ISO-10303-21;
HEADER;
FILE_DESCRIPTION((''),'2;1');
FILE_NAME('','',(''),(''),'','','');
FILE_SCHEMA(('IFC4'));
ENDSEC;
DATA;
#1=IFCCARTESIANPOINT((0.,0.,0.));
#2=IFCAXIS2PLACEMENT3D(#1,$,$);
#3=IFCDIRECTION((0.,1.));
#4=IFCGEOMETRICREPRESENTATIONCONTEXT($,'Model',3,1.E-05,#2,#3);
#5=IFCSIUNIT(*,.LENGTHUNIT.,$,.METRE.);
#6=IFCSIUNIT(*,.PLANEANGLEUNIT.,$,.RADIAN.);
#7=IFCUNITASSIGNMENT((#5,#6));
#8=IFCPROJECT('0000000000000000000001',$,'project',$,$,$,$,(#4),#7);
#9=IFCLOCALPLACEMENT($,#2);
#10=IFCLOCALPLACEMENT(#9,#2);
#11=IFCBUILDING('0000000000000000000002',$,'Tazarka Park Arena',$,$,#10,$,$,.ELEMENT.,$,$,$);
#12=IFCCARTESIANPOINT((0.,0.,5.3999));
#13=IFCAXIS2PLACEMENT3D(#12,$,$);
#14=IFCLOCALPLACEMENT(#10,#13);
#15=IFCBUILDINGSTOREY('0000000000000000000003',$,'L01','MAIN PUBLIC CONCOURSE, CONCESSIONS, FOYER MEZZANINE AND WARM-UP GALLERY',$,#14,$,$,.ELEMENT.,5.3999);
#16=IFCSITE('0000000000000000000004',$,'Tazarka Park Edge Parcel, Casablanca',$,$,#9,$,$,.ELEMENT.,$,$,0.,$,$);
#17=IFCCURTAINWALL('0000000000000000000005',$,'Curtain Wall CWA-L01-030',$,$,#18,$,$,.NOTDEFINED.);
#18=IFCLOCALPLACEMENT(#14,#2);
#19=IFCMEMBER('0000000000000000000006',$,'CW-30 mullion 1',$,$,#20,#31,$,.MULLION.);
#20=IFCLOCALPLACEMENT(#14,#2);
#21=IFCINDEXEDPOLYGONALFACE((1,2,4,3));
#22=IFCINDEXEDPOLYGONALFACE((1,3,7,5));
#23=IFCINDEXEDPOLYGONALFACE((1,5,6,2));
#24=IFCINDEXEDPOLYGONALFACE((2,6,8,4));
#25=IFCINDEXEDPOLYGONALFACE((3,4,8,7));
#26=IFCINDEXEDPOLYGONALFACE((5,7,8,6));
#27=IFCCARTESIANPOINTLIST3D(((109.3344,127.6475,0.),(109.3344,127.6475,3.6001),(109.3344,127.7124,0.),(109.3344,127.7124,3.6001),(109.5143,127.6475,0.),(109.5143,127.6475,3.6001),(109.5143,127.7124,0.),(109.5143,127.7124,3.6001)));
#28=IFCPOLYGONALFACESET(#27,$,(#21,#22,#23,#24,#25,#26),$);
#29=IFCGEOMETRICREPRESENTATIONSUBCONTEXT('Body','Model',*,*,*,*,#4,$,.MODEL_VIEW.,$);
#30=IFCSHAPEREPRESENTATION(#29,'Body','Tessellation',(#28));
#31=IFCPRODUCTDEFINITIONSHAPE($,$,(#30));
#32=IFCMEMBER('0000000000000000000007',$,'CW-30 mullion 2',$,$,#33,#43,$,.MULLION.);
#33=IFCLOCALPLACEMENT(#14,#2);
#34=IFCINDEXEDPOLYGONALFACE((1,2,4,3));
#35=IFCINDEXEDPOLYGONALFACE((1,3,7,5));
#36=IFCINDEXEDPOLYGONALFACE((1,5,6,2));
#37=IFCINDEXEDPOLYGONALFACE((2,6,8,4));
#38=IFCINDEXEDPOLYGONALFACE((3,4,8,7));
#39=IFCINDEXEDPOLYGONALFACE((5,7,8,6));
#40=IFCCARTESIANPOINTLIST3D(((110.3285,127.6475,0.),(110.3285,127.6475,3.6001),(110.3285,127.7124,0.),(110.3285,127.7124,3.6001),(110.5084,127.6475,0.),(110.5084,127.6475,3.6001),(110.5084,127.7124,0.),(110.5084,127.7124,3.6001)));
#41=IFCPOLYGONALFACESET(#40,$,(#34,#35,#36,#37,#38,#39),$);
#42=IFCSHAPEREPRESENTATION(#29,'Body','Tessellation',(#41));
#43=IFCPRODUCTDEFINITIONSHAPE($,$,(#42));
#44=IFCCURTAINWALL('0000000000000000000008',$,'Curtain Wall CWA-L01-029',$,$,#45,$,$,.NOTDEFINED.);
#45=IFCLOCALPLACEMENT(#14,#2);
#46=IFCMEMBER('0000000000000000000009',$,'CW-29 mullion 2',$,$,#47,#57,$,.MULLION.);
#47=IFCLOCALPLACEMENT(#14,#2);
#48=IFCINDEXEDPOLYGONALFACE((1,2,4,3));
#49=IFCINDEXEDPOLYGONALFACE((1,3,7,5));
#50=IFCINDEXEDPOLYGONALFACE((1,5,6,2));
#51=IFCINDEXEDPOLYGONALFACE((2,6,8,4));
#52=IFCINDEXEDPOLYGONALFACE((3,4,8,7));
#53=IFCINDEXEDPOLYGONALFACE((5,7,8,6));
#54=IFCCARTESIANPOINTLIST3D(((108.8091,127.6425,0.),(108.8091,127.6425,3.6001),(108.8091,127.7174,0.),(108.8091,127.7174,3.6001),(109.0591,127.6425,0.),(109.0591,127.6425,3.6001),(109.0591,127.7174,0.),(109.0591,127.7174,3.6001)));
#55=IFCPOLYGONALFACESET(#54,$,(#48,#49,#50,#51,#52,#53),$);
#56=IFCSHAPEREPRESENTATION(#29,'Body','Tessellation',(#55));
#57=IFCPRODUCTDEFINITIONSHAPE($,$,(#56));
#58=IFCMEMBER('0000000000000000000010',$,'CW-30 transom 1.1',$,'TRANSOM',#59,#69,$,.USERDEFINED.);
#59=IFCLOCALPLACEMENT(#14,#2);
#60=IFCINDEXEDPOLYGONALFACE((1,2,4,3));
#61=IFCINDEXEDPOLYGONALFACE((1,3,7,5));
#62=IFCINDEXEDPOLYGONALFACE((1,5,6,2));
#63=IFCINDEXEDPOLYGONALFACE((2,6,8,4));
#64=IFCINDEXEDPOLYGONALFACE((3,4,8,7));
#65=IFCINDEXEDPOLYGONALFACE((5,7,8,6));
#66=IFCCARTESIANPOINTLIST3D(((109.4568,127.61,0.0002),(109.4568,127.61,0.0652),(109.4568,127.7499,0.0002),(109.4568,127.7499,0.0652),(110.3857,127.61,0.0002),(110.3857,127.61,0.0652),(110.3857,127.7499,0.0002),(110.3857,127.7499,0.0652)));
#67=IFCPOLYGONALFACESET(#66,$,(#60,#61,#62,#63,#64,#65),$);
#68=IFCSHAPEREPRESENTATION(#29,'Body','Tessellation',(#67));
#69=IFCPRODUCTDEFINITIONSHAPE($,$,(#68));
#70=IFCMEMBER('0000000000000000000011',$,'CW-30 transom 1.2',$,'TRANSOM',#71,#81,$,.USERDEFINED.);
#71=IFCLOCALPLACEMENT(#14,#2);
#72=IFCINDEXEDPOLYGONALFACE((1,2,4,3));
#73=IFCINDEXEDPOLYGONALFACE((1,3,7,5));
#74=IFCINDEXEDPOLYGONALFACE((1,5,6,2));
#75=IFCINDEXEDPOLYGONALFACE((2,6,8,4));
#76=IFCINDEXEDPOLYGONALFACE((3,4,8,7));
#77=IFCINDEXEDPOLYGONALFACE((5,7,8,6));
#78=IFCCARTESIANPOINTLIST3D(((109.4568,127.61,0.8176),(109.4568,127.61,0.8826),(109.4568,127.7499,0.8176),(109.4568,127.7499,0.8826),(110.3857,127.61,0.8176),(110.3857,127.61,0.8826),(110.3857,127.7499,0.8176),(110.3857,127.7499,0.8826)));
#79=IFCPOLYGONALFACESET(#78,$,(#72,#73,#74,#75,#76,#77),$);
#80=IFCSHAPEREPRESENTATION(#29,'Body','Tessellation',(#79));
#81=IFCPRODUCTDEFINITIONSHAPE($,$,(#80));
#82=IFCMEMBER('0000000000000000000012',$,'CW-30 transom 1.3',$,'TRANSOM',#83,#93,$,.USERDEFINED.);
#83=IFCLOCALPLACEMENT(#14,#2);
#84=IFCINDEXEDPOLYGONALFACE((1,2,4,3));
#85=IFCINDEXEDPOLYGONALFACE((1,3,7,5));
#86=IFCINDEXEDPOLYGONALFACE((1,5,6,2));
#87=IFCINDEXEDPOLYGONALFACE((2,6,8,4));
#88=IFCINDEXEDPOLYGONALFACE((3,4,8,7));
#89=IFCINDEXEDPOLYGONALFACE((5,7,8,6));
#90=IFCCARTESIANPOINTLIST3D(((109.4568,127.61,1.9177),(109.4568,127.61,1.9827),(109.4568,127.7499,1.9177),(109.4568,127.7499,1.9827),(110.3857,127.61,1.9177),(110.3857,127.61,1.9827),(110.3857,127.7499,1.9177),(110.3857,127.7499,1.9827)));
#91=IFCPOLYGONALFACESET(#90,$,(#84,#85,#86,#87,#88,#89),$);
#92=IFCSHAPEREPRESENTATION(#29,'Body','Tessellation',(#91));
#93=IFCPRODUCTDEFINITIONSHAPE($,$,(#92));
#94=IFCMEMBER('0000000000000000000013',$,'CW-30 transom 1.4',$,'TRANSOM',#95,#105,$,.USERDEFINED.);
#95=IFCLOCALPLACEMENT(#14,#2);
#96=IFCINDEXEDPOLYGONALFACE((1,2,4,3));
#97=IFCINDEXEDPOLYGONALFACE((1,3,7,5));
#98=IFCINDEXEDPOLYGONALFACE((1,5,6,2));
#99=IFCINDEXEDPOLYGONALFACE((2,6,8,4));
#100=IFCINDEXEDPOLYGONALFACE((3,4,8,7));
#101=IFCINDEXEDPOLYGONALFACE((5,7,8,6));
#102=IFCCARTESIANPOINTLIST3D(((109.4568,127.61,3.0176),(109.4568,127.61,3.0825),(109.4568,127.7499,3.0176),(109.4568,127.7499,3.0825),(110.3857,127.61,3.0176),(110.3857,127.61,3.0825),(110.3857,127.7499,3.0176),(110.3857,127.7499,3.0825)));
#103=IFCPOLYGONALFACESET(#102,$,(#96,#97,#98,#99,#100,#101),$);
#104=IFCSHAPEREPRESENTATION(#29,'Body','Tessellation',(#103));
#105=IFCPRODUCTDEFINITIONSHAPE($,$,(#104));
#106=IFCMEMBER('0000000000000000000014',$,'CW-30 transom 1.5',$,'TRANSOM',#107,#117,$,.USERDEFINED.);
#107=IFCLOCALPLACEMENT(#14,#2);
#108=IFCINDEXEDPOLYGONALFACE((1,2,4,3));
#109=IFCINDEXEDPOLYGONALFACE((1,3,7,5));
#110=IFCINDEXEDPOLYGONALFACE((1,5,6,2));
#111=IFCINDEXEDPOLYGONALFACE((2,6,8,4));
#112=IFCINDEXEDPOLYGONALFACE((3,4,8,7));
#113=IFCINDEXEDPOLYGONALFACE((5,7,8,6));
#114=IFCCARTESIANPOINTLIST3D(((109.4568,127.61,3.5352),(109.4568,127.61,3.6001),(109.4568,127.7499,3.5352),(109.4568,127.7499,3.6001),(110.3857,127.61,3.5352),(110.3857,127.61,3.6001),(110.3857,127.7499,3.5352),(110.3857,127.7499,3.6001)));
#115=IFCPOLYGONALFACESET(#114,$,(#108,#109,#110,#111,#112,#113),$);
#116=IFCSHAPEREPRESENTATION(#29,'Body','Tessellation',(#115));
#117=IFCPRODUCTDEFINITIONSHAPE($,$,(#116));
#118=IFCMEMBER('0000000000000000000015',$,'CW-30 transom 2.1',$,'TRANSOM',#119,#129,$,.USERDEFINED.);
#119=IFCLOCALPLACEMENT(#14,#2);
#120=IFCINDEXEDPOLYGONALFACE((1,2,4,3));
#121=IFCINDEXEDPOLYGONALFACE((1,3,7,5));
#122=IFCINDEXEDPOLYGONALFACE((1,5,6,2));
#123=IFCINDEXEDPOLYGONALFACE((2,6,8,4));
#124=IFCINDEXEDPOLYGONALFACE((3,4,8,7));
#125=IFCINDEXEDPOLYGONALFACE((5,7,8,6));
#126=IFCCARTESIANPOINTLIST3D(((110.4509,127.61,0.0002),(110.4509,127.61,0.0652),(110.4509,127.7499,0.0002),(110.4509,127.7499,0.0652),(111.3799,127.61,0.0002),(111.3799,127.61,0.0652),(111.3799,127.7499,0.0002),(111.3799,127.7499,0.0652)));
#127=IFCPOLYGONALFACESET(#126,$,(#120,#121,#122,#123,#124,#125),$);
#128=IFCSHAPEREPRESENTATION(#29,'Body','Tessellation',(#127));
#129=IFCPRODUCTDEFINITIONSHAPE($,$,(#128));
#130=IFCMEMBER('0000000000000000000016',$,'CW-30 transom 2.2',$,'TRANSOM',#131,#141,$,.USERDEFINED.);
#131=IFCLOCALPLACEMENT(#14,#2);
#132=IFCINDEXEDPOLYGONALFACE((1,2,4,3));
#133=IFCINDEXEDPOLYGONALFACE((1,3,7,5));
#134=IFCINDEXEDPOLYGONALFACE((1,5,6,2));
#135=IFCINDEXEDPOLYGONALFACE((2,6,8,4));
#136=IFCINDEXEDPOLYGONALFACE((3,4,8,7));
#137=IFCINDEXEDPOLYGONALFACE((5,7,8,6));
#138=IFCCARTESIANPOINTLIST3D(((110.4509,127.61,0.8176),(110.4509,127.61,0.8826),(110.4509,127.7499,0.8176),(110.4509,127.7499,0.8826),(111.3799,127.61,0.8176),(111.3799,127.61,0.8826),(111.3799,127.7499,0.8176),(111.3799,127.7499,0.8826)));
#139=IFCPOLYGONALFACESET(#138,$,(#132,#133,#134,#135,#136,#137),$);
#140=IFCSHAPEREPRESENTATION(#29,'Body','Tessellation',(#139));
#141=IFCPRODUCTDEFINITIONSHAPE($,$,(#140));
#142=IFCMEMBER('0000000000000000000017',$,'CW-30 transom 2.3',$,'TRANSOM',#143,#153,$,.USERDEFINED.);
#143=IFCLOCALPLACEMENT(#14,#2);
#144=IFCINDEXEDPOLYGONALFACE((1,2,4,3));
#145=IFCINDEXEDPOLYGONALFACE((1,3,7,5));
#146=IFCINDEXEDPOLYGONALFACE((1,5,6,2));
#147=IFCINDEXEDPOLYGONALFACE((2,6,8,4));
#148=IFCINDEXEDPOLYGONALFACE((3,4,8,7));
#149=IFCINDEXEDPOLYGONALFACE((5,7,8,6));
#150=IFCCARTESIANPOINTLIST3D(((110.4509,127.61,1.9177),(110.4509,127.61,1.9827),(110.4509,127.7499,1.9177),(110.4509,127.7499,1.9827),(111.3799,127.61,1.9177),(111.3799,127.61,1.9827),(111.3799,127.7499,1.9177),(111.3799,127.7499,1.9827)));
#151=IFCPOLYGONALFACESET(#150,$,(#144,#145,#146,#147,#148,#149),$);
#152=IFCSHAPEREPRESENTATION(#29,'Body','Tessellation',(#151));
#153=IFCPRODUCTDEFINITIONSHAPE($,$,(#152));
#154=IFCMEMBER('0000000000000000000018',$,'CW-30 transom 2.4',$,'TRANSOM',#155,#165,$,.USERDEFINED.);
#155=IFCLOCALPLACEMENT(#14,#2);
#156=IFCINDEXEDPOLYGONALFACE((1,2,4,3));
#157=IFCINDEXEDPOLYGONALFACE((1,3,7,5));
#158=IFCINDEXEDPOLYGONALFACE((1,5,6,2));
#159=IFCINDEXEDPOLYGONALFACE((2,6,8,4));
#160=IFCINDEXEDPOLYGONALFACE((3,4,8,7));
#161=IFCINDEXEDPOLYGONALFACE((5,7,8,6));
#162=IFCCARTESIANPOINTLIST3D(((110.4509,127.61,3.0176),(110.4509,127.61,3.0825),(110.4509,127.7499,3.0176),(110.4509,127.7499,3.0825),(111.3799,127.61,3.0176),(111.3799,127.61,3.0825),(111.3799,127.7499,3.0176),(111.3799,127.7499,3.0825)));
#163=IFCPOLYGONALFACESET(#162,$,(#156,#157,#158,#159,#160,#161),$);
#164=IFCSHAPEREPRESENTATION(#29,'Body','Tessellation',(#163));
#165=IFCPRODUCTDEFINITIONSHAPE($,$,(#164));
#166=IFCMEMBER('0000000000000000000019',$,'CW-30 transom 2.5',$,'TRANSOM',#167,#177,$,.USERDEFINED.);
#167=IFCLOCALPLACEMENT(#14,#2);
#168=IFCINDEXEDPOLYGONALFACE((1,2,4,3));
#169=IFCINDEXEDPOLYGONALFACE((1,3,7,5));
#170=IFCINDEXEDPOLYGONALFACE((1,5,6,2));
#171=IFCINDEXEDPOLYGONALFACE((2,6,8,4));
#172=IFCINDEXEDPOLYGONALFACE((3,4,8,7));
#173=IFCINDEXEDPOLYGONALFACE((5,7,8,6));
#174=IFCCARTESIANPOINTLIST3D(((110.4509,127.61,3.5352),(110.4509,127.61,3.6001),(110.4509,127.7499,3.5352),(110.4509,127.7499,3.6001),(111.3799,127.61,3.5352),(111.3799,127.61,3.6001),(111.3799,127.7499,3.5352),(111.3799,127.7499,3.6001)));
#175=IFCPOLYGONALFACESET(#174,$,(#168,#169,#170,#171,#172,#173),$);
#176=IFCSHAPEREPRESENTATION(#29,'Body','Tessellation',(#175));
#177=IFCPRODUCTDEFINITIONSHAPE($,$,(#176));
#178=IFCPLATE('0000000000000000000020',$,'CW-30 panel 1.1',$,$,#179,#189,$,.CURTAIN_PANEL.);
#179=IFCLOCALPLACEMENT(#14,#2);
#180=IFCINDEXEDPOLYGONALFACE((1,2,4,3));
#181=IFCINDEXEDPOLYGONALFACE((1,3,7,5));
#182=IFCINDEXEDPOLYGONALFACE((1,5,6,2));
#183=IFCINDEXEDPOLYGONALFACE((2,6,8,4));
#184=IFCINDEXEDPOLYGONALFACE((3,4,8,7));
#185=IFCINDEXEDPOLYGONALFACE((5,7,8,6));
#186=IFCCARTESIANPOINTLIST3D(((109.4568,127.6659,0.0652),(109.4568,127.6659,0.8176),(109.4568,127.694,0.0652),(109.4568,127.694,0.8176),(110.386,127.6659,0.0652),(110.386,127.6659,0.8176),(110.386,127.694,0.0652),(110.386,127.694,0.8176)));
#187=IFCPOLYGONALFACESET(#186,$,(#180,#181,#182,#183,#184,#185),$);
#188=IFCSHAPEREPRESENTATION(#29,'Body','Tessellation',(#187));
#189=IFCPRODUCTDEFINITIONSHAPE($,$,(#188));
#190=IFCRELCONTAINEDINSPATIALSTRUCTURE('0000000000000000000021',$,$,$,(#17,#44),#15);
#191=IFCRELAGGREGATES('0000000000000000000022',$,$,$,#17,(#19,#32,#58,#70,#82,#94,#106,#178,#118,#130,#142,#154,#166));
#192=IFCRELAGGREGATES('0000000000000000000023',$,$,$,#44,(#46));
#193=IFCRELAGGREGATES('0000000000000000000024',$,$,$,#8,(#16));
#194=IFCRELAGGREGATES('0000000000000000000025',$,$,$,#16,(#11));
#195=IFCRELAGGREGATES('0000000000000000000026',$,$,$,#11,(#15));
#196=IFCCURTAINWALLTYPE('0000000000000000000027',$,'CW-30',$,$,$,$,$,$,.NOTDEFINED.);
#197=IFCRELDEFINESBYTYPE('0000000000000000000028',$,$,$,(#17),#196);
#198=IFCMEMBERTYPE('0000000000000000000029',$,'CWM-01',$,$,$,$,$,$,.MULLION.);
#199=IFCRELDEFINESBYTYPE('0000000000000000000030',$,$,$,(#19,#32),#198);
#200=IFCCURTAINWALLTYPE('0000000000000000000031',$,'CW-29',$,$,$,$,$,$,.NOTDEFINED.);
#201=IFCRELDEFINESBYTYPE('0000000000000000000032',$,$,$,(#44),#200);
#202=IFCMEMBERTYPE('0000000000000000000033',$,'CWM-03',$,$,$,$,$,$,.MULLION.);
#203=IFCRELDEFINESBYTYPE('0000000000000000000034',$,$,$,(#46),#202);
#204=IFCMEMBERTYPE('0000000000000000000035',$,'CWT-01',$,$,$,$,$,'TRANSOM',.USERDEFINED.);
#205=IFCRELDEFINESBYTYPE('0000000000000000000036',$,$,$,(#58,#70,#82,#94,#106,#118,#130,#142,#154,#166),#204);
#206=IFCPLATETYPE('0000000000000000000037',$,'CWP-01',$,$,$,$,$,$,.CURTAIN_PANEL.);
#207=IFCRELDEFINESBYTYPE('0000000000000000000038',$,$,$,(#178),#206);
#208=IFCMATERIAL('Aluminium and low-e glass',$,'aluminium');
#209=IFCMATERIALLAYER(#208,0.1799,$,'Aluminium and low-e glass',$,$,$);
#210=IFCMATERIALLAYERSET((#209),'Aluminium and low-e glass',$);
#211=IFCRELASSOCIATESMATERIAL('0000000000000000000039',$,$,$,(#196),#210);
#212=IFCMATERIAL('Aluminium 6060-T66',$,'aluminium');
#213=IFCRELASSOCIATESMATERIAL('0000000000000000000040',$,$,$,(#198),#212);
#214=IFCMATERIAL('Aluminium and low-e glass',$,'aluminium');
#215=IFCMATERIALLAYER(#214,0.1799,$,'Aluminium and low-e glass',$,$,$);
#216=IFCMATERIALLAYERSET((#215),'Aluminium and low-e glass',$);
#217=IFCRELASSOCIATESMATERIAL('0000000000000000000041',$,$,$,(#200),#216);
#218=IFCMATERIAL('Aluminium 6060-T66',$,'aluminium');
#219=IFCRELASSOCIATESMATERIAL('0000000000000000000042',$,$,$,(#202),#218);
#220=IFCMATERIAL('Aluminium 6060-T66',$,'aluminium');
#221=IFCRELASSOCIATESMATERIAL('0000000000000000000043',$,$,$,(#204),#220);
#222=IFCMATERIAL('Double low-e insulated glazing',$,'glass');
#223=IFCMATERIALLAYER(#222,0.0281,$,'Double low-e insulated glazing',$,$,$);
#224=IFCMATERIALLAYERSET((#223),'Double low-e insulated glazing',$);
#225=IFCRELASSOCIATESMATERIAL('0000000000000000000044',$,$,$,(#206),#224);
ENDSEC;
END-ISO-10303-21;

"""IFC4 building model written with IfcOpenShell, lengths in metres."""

from ifc_helpers import new_model, si_unit, direction, frame, origin, origin_2d, place, context, subcontext, project, spatial, rectangle, extrude, material, layer, layer_set, material_profile, profile_set, type_object, element, aggregate, save


model = new_model("IFC4")

# Units and contexts
model_context = context("Model", 3, precision=1e-05, world=origin(), true_north=direction((0.0, 1.0)))
body_context = subcontext(model_context, "Body", "Model", "MODEL_VIEW")
ifc_project = project(units=[si_unit("LENGTHUNIT", "METRE"), si_unit("PLANEANGLEUNIT", "RADIAN")], contexts=[model_context])

# Site, building, storey
site_placement = place(None, origin())
site = spatial("IfcSite", under=ifc_project, at=site_placement, Name="Tazarka Park Edge Parcel, Casablanca", CompositionType="ELEMENT", RefElevation=0.0)
building_placement = place(site_placement, origin())
building = spatial("IfcBuilding", under=site, at=building_placement, Name="Tazarka Park Arena", CompositionType="ELEMENT")
storey_placement = place(building_placement, frame((0.0, 0.0, 5.3999)))
storey = spatial("IfcBuildingStorey", under=building, at=storey_placement, Name="L01", Description="MAIN PUBLIC CONCOURSE, CONCESSIONS, FOYER MEZZANINE AND WARM-UP GALLERY", CompositionType="ELEMENT", Elevation=5.3999)

# Curtain wall, members
ifc_material_1 = material(Name="Aluminium and low-e glass", Category="aluminium")
ifc_layer_1 = layer(ifc_material_1, 0.1799, Name="Aluminium and low-e glass")
ifc_layer_set_1 = layer_set([ifc_layer_1], Name="Aluminium and low-e glass")
curtain_wall_type_1 = type_object("IfcCurtainWallType", Name="CW-30", PredefinedType="NOTDEFINED", material=ifc_layer_set_1)
curtain_wall_1_placement = place(storey_placement, origin())
curtain_wall_1 = element("IfcCurtainWall", 1, at=curtain_wall_1_placement, inside=storey, type_object=curtain_wall_type_1, Name="Curtain Wall CWA-L01-030", PredefinedType="NOTDEFINED")
ifc_material_2 = material(Name="Aluminium 6060-T66", Category="aluminium")
ifc_material_profile_1 = material_profile(ifc_material_2, rectangle(XDim=0.0649, YDim=0.1799, at=origin_2d()), Name="Aluminium 6060-T66")
ifc_profile_set_1 = profile_set([ifc_material_profile_1], Name="Aluminium 6060-T66")
member_type_1 = type_object("IfcMemberType", Name="CWM-01", PredefinedType="MULLION", material=ifc_profile_set_1)
member_1_placement = place(storey_placement, frame((109.4243, 127.6799, 0.0), z_axis=(0.0, 0.0, 1.0), x_axis=(0.0, 1.0, 0.0)))
member_1 = element("IfcMember", 2, at=member_1_placement, type_object=member_type_1, Name="CW-30 mullion 1", PredefinedType="MULLION", context=body_context, shape_type="SweptSolid", body=[
    extrude(rectangle(XDim=0.0649, YDim=0.1799, at=origin_2d()), origin(), (0.0, 0.0, 1.0), 3.6001),
])
member_2_placement = place(storey_placement, frame((110.4185, 127.6799, 0.0), z_axis=(0.0, 0.0, 1.0), x_axis=(0.0, 1.0, 0.0)))
member_2 = element("IfcMember", 3, at=member_2_placement, type_object=member_type_1, Name="CW-30 mullion 2", PredefinedType="MULLION", context=body_context, shape_type="SweptSolid", body=[
    extrude(rectangle(XDim=0.0649, YDim=0.1799, at=origin_2d()), origin(), (0.0, 0.0, 1.0), 3.6001),
])

# Curtain wall, member
ifc_material_3 = material(Name="Aluminium and low-e glass", Category="aluminium")
ifc_layer_2 = layer(ifc_material_3, 0.1799, Name="Aluminium and low-e glass")
ifc_layer_set_2 = layer_set([ifc_layer_2], Name="Aluminium and low-e glass")
curtain_wall_type_2 = type_object("IfcCurtainWallType", Name="CW-29", PredefinedType="NOTDEFINED", material=ifc_layer_set_2)
curtain_wall_2_placement = place(storey_placement, origin())
curtain_wall_2 = element("IfcCurtainWall", 4, at=curtain_wall_2_placement, inside=storey, type_object=curtain_wall_type_2, Name="Curtain Wall CWA-L01-029", PredefinedType="NOTDEFINED")
ifc_material_4 = material(Name="Aluminium 6060-T66", Category="aluminium")
ifc_material_profile_2 = material_profile(ifc_material_4, rectangle(XDim=0.075, YDim=0.25, at=origin_2d()), Name="Aluminium 6060-T66")
ifc_profile_set_2 = profile_set([ifc_material_profile_2], Name="Aluminium 6060-T66")
member_type_2 = type_object("IfcMemberType", Name="CWM-03", PredefinedType="MULLION", material=ifc_profile_set_2)
member_3_placement = place(storey_placement, frame((108.9341, 127.6799, 0.0), z_axis=(0.0, 0.0, 1.0), x_axis=(0.0, 1.0, 0.0)))
member_3 = element("IfcMember", 5, at=member_3_placement, type_object=member_type_2, Name="CW-29 mullion 2", PredefinedType="MULLION", context=body_context, shape_type="SweptSolid", body=[
    extrude(rectangle(XDim=0.075, YDim=0.25, at=origin_2d()), origin(), (0.0, 0.0, 1.0), 3.6001),
])

# Members
ifc_material_5 = material(Name="Aluminium 6060-T66", Category="aluminium")
ifc_material_profile_3 = material_profile(ifc_material_5, rectangle(XDim=0.1399, YDim=0.0649, at=origin_2d()), Name="Aluminium 6060-T66")
ifc_profile_set_3 = profile_set([ifc_material_profile_3], Name="Aluminium 6060-T66")
member_type_3 = type_object("IfcMemberType", Name="CWT-01", ElementType="TRANSOM", PredefinedType="USERDEFINED", material=ifc_profile_set_3)
member_4_placement = place(storey_placement, frame((109.4568, 127.6799, 0.0327), z_axis=(1.0, 0.0, 0.0), x_axis=(0.0, 1.0, 0.0)))
member_4 = element("IfcMember", 6, at=member_4_placement, type_object=member_type_3, Name="CW-30 transom 1.1", ObjectType="TRANSOM", PredefinedType="USERDEFINED", context=body_context, shape_type="SweptSolid", body=[
    extrude(rectangle(XDim=0.1399, YDim=0.0649, at=origin_2d()), origin(), (0.0, 0.0, 1.0), 0.929),
])
member_5_placement = place(storey_placement, frame((109.4568, 127.6799, 0.8501), z_axis=(1.0, 0.0, 0.0), x_axis=(0.0, 1.0, 0.0)))
member_5 = element("IfcMember", 7, at=member_5_placement, type_object=member_type_3, Name="CW-30 transom 1.2", ObjectType="TRANSOM", PredefinedType="USERDEFINED", context=body_context, shape_type="SweptSolid", body=[
    extrude(rectangle(XDim=0.1399, YDim=0.0649, at=origin_2d()), origin(), (0.0, 0.0, 1.0), 0.929),
])
member_6_placement = place(storey_placement, frame((109.4568, 127.6799, 1.9502), z_axis=(1.0, 0.0, 0.0), x_axis=(0.0, 1.0, 0.0)))
member_6 = element("IfcMember", 8, at=member_6_placement, type_object=member_type_3, Name="CW-30 transom 1.3", ObjectType="TRANSOM", PredefinedType="USERDEFINED", context=body_context, shape_type="SweptSolid", body=[
    extrude(rectangle(XDim=0.1399, YDim=0.0649, at=origin_2d()), origin(), (0.0, 0.0, 1.0), 0.929),
])
member_7_placement = place(storey_placement, frame((109.4568, 127.6799, 3.05), z_axis=(1.0, 0.0, 0.0), x_axis=(0.0, 1.0, 0.0)))
member_7 = element("IfcMember", 9, at=member_7_placement, type_object=member_type_3, Name="CW-30 transom 1.4", ObjectType="TRANSOM", PredefinedType="USERDEFINED", context=body_context, shape_type="SweptSolid", body=[
    extrude(rectangle(XDim=0.1399, YDim=0.0649, at=origin_2d()), origin(), (0.0, 0.0, 1.0), 0.929),
])
member_8_placement = place(storey_placement, frame((109.4568, 127.6799, 3.5676), z_axis=(1.0, 0.0, 0.0), x_axis=(0.0, 1.0, 0.0)))
member_8 = element("IfcMember", 10, at=member_8_placement, type_object=member_type_3, Name="CW-30 transom 1.5", ObjectType="TRANSOM", PredefinedType="USERDEFINED", context=body_context, shape_type="SweptSolid", body=[
    extrude(rectangle(XDim=0.1399, YDim=0.0649, at=origin_2d()), origin(), (0.0, 0.0, 1.0), 0.929),
])
member_9_placement = place(storey_placement, frame((110.4509, 127.6799, 0.0327), z_axis=(1.0, 0.0, 0.0), x_axis=(0.0, 1.0, 0.0)))
member_9 = element("IfcMember", 11, at=member_9_placement, type_object=member_type_3, Name="CW-30 transom 2.1", ObjectType="TRANSOM", PredefinedType="USERDEFINED", context=body_context, shape_type="SweptSolid", body=[
    extrude(rectangle(XDim=0.1399, YDim=0.0649, at=origin_2d()), origin(), (0.0, 0.0, 1.0), 0.929),
])
member_10_placement = place(storey_placement, frame((110.4509, 127.6799, 0.8501), z_axis=(1.0, 0.0, 0.0), x_axis=(0.0, 1.0, 0.0)))
member_10 = element("IfcMember", 12, at=member_10_placement, type_object=member_type_3, Name="CW-30 transom 2.2", ObjectType="TRANSOM", PredefinedType="USERDEFINED", context=body_context, shape_type="SweptSolid", body=[
    extrude(rectangle(XDim=0.1399, YDim=0.0649, at=origin_2d()), origin(), (0.0, 0.0, 1.0), 0.929),
])
member_11_placement = place(storey_placement, frame((110.4509, 127.6799, 1.9502), z_axis=(1.0, 0.0, 0.0), x_axis=(0.0, 1.0, 0.0)))
member_11 = element("IfcMember", 13, at=member_11_placement, type_object=member_type_3, Name="CW-30 transom 2.3", ObjectType="TRANSOM", PredefinedType="USERDEFINED", context=body_context, shape_type="SweptSolid", body=[
    extrude(rectangle(XDim=0.1399, YDim=0.0649, at=origin_2d()), origin(), (0.0, 0.0, 1.0), 0.929),
])
member_12_placement = place(storey_placement, frame((110.4509, 127.6799, 3.05), z_axis=(1.0, 0.0, 0.0), x_axis=(0.0, 1.0, 0.0)))
member_12 = element("IfcMember", 14, at=member_12_placement, type_object=member_type_3, Name="CW-30 transom 2.4", ObjectType="TRANSOM", PredefinedType="USERDEFINED", context=body_context, shape_type="SweptSolid", body=[
    extrude(rectangle(XDim=0.1399, YDim=0.0649, at=origin_2d()), origin(), (0.0, 0.0, 1.0), 0.929),
])
member_13_placement = place(storey_placement, frame((110.4509, 127.6799, 3.5676), z_axis=(1.0, 0.0, 0.0), x_axis=(0.0, 1.0, 0.0)))
member_13 = element("IfcMember", 15, at=member_13_placement, type_object=member_type_3, Name="CW-30 transom 2.5", ObjectType="TRANSOM", PredefinedType="USERDEFINED", context=body_context, shape_type="SweptSolid", body=[
    extrude(rectangle(XDim=0.1399, YDim=0.0649, at=origin_2d()), origin(), (0.0, 0.0, 1.0), 0.929),
])

# Plate
ifc_material_6 = material(Name="Double low-e insulated glazing", Category="glass")
ifc_layer_3 = layer(ifc_material_6, 0.0281, Name="Double low-e insulated glazing")
ifc_layer_set_3 = layer_set([ifc_layer_3], Name="Double low-e insulated glazing")
plate_type_1 = type_object("IfcPlateType", Name="CWP-01", PredefinedType="CURTAIN_PANEL", material=ifc_layer_set_3)
plate_1_placement = place(storey_placement, frame((109.9214, 127.6799, 0.0652), z_axis=(0.0, 0.0, 1.0), x_axis=(1.0, 0.0, 0.0)))
plate_1 = element("IfcPlate", 16, at=plate_1_placement, type_object=plate_type_1, Name="CW-30 panel 1.1", PredefinedType="CURTAIN_PANEL", context=body_context, shape_type="SweptSolid", body=[
    extrude(rectangle(XDim=0.9292, YDim=0.0281, at=origin_2d()), origin(), (0.0, 0.0, 1.0), 0.7524),
])
aggregate(curtain_wall_1, [member_1, member_2, member_4, member_5, member_6, member_7, member_8, plate_1, member_9, member_10, member_11, member_12, member_13])
aggregate(curtain_wall_2, [member_3])

save(model, "model.ifc")
